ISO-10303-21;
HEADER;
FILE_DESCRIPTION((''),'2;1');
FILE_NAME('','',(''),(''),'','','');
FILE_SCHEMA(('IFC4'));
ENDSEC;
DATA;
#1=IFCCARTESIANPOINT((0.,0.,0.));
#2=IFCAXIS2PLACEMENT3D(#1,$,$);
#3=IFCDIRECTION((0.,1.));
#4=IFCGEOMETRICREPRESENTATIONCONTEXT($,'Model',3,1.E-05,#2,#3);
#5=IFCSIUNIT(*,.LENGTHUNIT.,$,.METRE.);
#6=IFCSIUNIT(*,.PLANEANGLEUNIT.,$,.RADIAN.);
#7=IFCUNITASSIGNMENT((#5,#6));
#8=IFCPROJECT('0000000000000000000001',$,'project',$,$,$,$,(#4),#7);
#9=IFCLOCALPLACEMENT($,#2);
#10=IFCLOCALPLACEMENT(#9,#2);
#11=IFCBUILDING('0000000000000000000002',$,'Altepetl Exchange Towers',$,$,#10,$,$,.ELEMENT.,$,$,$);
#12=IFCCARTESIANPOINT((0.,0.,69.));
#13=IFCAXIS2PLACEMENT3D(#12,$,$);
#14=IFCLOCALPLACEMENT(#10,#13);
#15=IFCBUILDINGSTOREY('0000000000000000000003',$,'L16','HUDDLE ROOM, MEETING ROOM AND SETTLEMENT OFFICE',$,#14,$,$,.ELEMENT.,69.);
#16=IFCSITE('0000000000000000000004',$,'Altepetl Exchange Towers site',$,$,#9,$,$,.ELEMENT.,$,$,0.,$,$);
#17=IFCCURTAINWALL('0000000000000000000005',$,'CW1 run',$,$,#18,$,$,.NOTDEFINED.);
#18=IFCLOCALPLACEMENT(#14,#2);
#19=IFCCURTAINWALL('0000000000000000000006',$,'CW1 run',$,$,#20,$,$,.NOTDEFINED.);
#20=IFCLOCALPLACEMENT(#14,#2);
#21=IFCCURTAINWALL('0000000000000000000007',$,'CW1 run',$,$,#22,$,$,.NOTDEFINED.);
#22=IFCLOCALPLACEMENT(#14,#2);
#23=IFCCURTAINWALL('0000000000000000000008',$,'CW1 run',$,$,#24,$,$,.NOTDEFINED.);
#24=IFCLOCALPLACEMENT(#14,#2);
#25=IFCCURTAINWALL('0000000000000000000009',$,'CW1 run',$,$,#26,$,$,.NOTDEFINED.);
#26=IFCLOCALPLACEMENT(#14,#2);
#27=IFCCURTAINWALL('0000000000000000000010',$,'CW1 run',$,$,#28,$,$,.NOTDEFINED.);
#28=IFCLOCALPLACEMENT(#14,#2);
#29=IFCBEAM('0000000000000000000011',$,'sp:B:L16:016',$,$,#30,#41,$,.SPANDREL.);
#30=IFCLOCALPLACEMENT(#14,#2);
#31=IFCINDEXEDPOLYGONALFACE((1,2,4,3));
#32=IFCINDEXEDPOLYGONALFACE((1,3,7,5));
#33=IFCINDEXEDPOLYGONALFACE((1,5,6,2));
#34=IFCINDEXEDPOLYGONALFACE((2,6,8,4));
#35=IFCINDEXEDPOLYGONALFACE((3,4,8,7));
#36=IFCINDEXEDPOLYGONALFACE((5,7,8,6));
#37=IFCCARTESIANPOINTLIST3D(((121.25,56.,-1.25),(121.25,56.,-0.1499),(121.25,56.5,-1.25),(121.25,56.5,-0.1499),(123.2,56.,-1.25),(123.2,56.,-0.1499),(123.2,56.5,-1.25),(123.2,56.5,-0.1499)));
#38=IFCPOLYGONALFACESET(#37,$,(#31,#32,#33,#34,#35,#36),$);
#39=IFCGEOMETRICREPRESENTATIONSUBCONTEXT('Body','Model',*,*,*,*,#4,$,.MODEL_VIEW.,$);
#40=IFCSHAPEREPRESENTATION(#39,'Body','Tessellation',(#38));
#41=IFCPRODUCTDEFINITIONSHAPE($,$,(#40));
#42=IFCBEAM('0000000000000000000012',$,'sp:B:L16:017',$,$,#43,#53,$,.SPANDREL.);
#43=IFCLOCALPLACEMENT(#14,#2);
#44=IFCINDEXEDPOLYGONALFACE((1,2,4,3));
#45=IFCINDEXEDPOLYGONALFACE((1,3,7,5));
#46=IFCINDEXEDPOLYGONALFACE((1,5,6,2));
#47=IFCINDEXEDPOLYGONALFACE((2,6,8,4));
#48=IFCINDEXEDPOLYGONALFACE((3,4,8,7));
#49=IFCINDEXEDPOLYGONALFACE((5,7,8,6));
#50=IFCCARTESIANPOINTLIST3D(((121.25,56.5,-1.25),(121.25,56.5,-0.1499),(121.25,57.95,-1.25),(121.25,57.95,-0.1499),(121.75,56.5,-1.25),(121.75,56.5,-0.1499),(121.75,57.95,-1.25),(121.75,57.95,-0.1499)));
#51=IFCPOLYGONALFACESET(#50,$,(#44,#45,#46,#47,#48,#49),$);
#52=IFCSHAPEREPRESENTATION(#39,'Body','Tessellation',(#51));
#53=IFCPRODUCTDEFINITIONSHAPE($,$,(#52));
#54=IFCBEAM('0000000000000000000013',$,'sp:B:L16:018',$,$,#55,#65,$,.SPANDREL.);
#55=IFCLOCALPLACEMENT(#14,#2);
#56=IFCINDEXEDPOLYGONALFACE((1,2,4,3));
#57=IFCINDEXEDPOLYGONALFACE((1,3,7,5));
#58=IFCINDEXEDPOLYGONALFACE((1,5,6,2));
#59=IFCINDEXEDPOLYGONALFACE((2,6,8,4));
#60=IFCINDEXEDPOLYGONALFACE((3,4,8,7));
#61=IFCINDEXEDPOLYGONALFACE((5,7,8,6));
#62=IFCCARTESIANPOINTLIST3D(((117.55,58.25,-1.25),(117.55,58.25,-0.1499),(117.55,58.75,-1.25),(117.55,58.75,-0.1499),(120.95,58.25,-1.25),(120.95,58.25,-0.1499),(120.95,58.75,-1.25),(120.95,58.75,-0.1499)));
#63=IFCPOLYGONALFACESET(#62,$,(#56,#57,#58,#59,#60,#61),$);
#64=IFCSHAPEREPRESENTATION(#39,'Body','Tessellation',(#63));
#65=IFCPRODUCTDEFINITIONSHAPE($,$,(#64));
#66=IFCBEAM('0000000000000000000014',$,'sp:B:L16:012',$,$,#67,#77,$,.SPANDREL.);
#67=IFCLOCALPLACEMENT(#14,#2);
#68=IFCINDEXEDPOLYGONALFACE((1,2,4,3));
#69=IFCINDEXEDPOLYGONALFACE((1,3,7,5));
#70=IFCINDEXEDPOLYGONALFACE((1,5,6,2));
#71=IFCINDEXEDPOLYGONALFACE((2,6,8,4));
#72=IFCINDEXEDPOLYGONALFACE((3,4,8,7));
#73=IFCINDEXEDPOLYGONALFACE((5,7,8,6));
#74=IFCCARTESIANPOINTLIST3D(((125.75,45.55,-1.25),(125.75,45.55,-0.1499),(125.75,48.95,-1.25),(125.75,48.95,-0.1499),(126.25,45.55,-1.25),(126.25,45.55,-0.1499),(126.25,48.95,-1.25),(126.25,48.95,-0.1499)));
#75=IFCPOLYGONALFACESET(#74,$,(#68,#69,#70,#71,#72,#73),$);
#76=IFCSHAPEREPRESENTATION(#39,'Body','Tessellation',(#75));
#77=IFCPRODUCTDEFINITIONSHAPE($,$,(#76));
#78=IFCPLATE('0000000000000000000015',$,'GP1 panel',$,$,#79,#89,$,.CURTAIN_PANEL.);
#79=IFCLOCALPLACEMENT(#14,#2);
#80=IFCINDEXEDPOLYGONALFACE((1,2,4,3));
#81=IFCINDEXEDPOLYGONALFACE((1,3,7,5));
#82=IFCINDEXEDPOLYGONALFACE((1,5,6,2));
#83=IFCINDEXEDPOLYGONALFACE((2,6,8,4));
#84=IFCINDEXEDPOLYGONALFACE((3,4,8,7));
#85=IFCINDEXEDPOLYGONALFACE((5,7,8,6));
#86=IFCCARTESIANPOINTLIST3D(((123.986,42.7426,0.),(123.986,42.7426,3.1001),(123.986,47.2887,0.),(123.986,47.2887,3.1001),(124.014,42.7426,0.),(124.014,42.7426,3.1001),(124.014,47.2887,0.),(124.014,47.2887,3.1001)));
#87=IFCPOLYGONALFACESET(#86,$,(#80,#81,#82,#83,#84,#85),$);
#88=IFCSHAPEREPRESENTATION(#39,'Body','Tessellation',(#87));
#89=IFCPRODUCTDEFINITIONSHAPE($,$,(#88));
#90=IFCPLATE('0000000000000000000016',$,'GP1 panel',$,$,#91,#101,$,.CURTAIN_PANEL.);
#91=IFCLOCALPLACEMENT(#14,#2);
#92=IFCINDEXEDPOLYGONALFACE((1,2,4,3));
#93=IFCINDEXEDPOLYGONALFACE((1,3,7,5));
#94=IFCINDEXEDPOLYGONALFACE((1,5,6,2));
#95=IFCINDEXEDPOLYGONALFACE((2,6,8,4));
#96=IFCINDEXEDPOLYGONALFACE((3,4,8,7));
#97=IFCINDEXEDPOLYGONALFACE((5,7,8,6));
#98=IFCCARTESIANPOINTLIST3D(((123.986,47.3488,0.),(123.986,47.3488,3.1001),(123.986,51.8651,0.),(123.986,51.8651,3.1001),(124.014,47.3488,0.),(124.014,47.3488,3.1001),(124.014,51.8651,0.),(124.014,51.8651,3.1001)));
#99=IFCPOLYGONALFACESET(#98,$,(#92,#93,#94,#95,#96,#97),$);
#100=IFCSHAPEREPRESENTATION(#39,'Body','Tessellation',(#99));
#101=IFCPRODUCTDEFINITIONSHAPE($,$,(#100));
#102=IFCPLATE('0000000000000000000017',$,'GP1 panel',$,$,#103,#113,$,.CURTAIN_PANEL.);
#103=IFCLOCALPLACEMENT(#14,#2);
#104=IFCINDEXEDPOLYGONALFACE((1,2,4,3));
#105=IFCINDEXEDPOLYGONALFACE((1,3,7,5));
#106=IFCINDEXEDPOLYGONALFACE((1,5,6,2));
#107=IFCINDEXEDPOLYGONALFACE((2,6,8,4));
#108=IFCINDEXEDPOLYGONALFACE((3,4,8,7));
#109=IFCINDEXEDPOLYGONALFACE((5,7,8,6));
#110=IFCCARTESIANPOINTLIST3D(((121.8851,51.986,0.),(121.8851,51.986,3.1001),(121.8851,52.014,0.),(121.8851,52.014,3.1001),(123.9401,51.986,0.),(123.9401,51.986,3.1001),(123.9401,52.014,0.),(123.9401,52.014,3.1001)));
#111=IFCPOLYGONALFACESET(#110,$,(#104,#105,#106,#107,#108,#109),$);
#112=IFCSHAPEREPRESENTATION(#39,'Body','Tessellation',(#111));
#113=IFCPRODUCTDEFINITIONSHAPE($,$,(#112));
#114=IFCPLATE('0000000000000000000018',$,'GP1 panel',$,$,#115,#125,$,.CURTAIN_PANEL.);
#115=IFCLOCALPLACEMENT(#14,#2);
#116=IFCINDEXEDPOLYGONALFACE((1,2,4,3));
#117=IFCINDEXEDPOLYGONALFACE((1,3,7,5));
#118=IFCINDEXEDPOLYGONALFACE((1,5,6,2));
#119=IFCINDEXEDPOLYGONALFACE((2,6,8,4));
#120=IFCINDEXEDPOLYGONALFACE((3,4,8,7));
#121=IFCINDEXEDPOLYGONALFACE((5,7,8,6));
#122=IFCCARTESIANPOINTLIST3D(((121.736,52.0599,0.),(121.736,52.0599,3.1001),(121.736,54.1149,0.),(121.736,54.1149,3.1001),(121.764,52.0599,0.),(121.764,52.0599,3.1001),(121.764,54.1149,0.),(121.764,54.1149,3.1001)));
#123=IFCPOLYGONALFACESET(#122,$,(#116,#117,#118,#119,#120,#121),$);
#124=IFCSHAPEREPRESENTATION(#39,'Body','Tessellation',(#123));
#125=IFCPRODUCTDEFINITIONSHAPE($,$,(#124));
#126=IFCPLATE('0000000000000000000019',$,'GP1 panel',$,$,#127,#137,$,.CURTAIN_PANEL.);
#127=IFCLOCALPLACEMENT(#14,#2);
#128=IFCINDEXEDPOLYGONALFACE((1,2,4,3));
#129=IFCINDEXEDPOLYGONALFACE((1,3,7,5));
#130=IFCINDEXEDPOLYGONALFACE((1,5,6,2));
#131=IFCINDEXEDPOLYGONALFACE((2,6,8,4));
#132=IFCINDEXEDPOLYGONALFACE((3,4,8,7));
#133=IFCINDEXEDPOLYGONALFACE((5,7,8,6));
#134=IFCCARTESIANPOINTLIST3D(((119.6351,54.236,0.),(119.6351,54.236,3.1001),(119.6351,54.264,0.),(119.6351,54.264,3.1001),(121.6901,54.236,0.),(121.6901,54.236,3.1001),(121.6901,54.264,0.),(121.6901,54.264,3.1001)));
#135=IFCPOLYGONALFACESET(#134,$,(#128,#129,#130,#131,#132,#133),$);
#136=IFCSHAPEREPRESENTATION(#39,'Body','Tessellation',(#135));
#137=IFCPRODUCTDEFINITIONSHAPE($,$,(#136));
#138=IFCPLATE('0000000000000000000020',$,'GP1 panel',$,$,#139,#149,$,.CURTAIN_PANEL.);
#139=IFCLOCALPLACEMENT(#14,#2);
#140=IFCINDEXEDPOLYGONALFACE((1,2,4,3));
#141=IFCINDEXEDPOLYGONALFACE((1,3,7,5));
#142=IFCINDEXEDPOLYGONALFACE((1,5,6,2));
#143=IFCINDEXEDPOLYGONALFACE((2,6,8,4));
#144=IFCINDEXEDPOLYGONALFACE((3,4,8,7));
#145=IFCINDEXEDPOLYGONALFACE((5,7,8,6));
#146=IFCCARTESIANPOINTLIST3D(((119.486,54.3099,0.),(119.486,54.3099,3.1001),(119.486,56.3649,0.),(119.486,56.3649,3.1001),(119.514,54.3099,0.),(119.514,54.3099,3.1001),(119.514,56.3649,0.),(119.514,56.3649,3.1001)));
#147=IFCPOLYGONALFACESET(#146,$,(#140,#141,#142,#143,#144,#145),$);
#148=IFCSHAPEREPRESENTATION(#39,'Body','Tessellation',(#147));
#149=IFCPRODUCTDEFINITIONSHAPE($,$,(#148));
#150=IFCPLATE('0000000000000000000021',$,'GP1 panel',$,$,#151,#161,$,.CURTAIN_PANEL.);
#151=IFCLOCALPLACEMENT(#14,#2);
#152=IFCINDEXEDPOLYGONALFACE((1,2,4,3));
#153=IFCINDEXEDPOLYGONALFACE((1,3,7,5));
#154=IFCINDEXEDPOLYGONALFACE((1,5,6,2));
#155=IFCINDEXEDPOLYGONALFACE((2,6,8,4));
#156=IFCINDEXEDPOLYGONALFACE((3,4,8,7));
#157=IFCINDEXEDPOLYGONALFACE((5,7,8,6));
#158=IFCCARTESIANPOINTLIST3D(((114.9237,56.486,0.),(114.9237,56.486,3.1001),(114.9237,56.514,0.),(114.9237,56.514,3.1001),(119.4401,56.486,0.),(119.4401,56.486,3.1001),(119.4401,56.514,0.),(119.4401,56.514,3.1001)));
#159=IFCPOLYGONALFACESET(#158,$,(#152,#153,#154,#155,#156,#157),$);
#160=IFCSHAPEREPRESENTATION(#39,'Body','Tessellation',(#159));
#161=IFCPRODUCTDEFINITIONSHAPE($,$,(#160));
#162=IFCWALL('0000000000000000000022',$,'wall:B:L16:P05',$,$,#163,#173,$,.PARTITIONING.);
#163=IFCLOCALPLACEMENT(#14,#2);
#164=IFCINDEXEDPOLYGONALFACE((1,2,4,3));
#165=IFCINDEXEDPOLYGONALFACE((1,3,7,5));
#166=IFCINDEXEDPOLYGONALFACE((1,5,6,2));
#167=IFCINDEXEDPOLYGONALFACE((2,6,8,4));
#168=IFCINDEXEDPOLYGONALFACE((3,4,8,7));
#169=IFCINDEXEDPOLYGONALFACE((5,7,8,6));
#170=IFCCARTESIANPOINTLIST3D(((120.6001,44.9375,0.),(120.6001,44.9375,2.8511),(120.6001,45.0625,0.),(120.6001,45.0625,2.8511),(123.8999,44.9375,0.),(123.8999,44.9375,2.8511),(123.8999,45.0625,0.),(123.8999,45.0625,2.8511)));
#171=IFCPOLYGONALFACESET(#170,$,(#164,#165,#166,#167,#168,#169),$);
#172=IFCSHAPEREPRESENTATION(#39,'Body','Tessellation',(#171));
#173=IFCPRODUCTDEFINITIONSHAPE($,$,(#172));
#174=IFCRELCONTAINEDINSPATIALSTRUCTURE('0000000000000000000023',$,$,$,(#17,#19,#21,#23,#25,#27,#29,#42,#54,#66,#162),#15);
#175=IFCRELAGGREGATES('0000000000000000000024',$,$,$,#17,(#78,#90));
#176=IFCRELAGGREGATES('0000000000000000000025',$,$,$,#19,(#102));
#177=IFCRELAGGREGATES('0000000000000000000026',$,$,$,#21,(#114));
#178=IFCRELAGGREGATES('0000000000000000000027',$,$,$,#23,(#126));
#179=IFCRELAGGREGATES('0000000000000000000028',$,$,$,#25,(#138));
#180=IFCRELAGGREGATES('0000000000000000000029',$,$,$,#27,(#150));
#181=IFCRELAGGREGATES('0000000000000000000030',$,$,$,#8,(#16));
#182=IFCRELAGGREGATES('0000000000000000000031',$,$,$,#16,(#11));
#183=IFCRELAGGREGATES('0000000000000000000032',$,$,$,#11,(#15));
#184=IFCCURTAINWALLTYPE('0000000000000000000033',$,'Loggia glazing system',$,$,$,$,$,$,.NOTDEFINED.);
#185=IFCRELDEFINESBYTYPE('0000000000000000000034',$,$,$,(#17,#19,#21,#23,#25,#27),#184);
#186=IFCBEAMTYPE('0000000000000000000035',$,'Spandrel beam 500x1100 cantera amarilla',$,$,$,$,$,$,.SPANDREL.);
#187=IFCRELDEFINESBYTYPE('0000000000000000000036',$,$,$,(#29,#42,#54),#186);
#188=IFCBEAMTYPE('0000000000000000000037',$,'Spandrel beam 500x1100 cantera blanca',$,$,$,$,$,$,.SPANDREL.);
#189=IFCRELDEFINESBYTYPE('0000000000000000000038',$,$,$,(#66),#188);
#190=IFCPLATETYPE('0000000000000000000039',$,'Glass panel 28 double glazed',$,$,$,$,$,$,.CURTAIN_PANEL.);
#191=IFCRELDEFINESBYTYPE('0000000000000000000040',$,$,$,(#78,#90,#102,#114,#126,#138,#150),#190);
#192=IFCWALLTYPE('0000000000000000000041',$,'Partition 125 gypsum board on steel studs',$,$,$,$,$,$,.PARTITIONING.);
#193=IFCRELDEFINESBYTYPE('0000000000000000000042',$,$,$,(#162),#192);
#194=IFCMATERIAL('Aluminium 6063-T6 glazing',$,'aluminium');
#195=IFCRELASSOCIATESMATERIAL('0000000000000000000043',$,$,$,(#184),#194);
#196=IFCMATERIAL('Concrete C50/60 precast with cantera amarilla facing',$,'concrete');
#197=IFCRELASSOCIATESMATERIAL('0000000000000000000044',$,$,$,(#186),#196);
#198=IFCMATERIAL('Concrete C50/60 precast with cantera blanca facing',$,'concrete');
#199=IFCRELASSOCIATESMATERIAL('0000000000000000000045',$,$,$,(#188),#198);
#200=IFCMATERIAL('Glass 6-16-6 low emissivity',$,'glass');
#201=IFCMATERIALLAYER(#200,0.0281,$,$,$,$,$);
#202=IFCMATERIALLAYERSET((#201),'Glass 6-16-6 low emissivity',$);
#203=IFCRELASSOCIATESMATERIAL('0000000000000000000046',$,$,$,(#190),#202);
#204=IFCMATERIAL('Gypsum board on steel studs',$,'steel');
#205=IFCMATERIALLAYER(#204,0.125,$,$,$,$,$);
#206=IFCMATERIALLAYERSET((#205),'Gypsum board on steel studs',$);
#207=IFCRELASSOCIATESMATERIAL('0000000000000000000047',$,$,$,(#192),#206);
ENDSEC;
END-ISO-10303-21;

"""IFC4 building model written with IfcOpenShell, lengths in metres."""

from ifc_helpers import new_model, si_unit, direction, frame, frame_2d, origin, origin_2d, place, context, subcontext, project, spatial, rectangle, extrude, material, layer, layer_set, material_profile, profile_set, type_object, element, aggregate, save


model = new_model("IFC4")

# Units and contexts
model_context = context("Model", 3, precision=1e-05, world=origin(), true_north=direction((0.0, 1.0)))
body_context = subcontext(model_context, "Body", "Model", "MODEL_VIEW")
ifc_project = project(units=[si_unit("LENGTHUNIT", "METRE"), si_unit("PLANEANGLEUNIT", "RADIAN")], contexts=[model_context])

# Site, building, storey
site_placement = place(None, origin())
site = spatial("IfcSite", under=ifc_project, at=site_placement, Name="Altepetl Exchange Towers site", CompositionType="ELEMENT", RefElevation=0.0)
building_placement = place(site_placement, origin())
building = spatial("IfcBuilding", under=site, at=building_placement, Name="Altepetl Exchange Towers", CompositionType="ELEMENT")
storey_placement = place(building_placement, frame((0.0, 0.0, 69.0)))
storey = spatial("IfcBuildingStorey", under=building, at=storey_placement, Name="L16", Description="HUDDLE ROOM, MEETING ROOM AND SETTLEMENT OFFICE", CompositionType="ELEMENT", Elevation=69.0)

# Curtain walls
ifc_material_1 = material(Name="Aluminium 6063-T6 glazing", Category="aluminium")
curtain_wall_type = type_object("IfcCurtainWallType", Name="Loggia glazing system", PredefinedType="NOTDEFINED", material=ifc_material_1)
curtain_wall_1_placement = place(storey_placement, origin())
curtain_wall_1 = element("IfcCurtainWall", 1, at=curtain_wall_1_placement, inside=storey, type_object=curtain_wall_type, Name="CW1 run", PredefinedType="NOTDEFINED")
curtain_wall_2_placement = place(storey_placement, origin())
curtain_wall_2 = element("IfcCurtainWall", 2, at=curtain_wall_2_placement, inside=storey, type_object=curtain_wall_type, Name="CW1 run", PredefinedType="NOTDEFINED")
curtain_wall_3_placement = place(storey_placement, origin())
curtain_wall_3 = element("IfcCurtainWall", 3, at=curtain_wall_3_placement, inside=storey, type_object=curtain_wall_type, Name="CW1 run", PredefinedType="NOTDEFINED")
curtain_wall_4_placement = place(storey_placement, origin())
curtain_wall_4 = element("IfcCurtainWall", 4, at=curtain_wall_4_placement, inside=storey, type_object=curtain_wall_type, Name="CW1 run", PredefinedType="NOTDEFINED")
curtain_wall_5_placement = place(storey_placement, origin())
curtain_wall_5 = element("IfcCurtainWall", 5, at=curtain_wall_5_placement, inside=storey, type_object=curtain_wall_type, Name="CW1 run", PredefinedType="NOTDEFINED")

# Curtain wall
curtain_wall_6_placement = place(storey_placement, origin())
curtain_wall_6 = element("IfcCurtainWall", 6, at=curtain_wall_6_placement, inside=storey, type_object=curtain_wall_type, Name="CW1 run", PredefinedType="NOTDEFINED")

# Beams
ifc_material_2 = material(Name="Concrete C50/60 precast with cantera amarilla facing", Category="concrete")
ifc_material_profile_1 = material_profile(ifc_material_2, rectangle(XDim=0.5, YDim=1.1001, at=origin_2d()), Name="500 x 1100")
ifc_profile_set_1 = profile_set([ifc_material_profile_1], Name="Concrete C50/60 precast with cantera amarilla facing")
beam_type_1 = type_object("IfcBeamType", Name="Spandrel beam 500x1100 cantera amarilla", PredefinedType="SPANDREL", material=ifc_profile_set_1)
beam_1_placement = place(storey_placement, frame((123.2, 56.25, -0.7), z_axis=(-1.0, 0.0, 0.0), x_axis=(0.0, -1.0, 0.0)))
element("IfcBeam", 7, at=beam_1_placement, inside=storey, type_object=beam_type_1, Name="sp:B:L16:016", PredefinedType="SPANDREL", context=body_context, shape_type="SweptSolid", body=[
    extrude(rectangle(XDim=0.5, YDim=1.1001, at=origin_2d()), origin(), (0.0, 0.0, 1.0), 1.95),
])
beam_2_placement = place(storey_placement, frame((121.5, 56.5, -0.7), z_axis=(0.0, 1.0, 0.0), x_axis=(-1.0, 0.0, 0.0)))
element("IfcBeam", 8, at=beam_2_placement, inside=storey, type_object=beam_type_1, Name="sp:B:L16:017", PredefinedType="SPANDREL", context=body_context, shape_type="SweptSolid", body=[
    extrude(rectangle(XDim=0.5, YDim=1.1001, at=origin_2d()), origin(), (0.0, 0.0, 1.0), 1.45),
])
beam_3_placement = place(storey_placement, frame((120.95, 58.5, -0.7), z_axis=(-1.0, 0.0, 0.0), x_axis=(0.0, -1.0, 0.0)))
element("IfcBeam", 9, at=beam_3_placement, inside=storey, type_object=beam_type_1, Name="sp:B:L16:018", PredefinedType="SPANDREL", context=body_context, shape_type="SweptSolid", body=[
    extrude(rectangle(XDim=0.5, YDim=1.1001, at=origin_2d()), origin(), (0.0, 0.0, 1.0), 3.3999),
])
ifc_material_3 = material(Name="Concrete C50/60 precast with cantera blanca facing", Category="concrete")
ifc_material_profile_2 = material_profile(ifc_material_3, rectangle(XDim=0.5, YDim=1.1001, at=origin_2d()), Name="500 x 1100")
ifc_profile_set_2 = profile_set([ifc_material_profile_2], Name="Concrete C50/60 precast with cantera blanca facing")
beam_type_2 = type_object("IfcBeamType", Name="Spandrel beam 500x1100 cantera blanca", PredefinedType="SPANDREL", material=ifc_profile_set_2)
beam_4_placement = place(storey_placement, frame((126.0, 45.55, -0.7), z_axis=(0.0, 1.0, 0.0), x_axis=(-1.0, 0.0, 0.0)))
element("IfcBeam", 10, at=beam_4_placement, inside=storey, type_object=beam_type_2, Name="sp:B:L16:012", PredefinedType="SPANDREL", context=body_context, shape_type="SweptSolid", body=[
    extrude(rectangle(XDim=0.5, YDim=1.1001, at=origin_2d()), origin(), (0.0, 0.0, 1.0), 3.3999),
])

# Plates
ifc_material_4 = material(Name="Glass 6-16-6 low emissivity", Category="glass")
ifc_layer_1 = layer(ifc_material_4, 0.0281)
ifc_layer_set_1 = layer_set([ifc_layer_1], Name="Glass 6-16-6 low emissivity")
plate_type = type_object("IfcPlateType", Name="Glass panel 28 double glazed", PredefinedType="CURTAIN_PANEL", material=ifc_layer_set_1)
plate_1_placement = place(storey_placement, frame((124.0, 45.0156, 0.0), z_axis=(0.0, 0.0, 1.0), x_axis=(0.0, 1.0, 0.0)))
plate_1 = element("IfcPlate", 11, at=plate_1_placement, type_object=plate_type, Name="GP1 panel", PredefinedType="CURTAIN_PANEL", context=body_context, shape_type="SweptSolid", body=[
    extrude(rectangle(XDim=4.5461, YDim=0.0281, at=origin_2d()), origin(), (0.0, 0.0, 1.0), 3.1001),
])
plate_2_placement = place(storey_placement, frame((124.0, 49.6069, 0.0), z_axis=(0.0, 0.0, 1.0), x_axis=(0.0, 1.0, 0.0)))
plate_2 = element("IfcPlate", 12, at=plate_2_placement, type_object=plate_type, Name="GP1 panel", PredefinedType="CURTAIN_PANEL", context=body_context, shape_type="SweptSolid", body=[
    extrude(rectangle(XDim=4.5164, YDim=0.0281, at=origin_2d()), origin(), (0.0, 0.0, 1.0), 3.1001),
])
aggregate(curtain_wall_1, [plate_1, plate_2])
plate_3_placement = place(storey_placement, frame((122.9126, 52.0, 0.0), z_axis=(0.0, 0.0, 1.0), x_axis=(-1.0, 0.0, 0.0)))
plate_3 = element("IfcPlate", 13, at=plate_3_placement, type_object=plate_type, Name="GP1 panel", PredefinedType="CURTAIN_PANEL", context=body_context, shape_type="SweptSolid", body=[
    extrude(rectangle(XDim=2.0549, YDim=0.0281, at=origin_2d()), origin(), (0.0, 0.0, 1.0), 3.1001),
])
aggregate(curtain_wall_2, [plate_3])
plate_4_placement = place(storey_placement, frame((121.75, 53.0874, 0.0), z_axis=(0.0, 0.0, 1.0), x_axis=(0.0, 1.0, 0.0)))
plate_4 = element("IfcPlate", 14, at=plate_4_placement, type_object=plate_type, Name="GP1 panel", PredefinedType="CURTAIN_PANEL", context=body_context, shape_type="SweptSolid", body=[
    extrude(rectangle(XDim=2.0549, YDim=0.0281, at=origin_2d()), origin(), (0.0, 0.0, 1.0), 3.1001),
])
aggregate(curtain_wall_3, [plate_4])
plate_5_placement = place(storey_placement, frame((120.6626, 54.25, 0.0), z_axis=(0.0, 0.0, 1.0), x_axis=(-1.0, 0.0, 0.0)))
plate_5 = element("IfcPlate", 15, at=plate_5_placement, type_object=plate_type, Name="GP1 panel", PredefinedType="CURTAIN_PANEL", context=body_context, shape_type="SweptSolid", body=[
    extrude(rectangle(XDim=2.0549, YDim=0.0281, at=origin_2d()), origin(), (0.0, 0.0, 1.0), 3.1001),
])
aggregate(curtain_wall_4, [plate_5])
plate_6_placement = place(storey_placement, frame((119.5, 55.3374, 0.0), z_axis=(0.0, 0.0, 1.0), x_axis=(0.0, 1.0, 0.0)))
plate_6 = element("IfcPlate", 16, at=plate_6_placement, type_object=plate_type, Name="GP1 panel", PredefinedType="CURTAIN_PANEL", context=body_context, shape_type="SweptSolid", body=[
    extrude(rectangle(XDim=2.0549, YDim=0.0281, at=origin_2d()), origin(), (0.0, 0.0, 1.0), 3.1001),
])
aggregate(curtain_wall_5, [plate_6])
plate_7_placement = place(storey_placement, frame((117.1819, 56.5, 0.0), z_axis=(0.0, 0.0, 1.0), x_axis=(-1.0, 0.0, 0.0)))
plate_7 = element("IfcPlate", 17, at=plate_7_placement, type_object=plate_type, Name="GP1 panel", PredefinedType="CURTAIN_PANEL", context=body_context, shape_type="SweptSolid", body=[
    extrude(rectangle(XDim=4.5164, YDim=0.0281, at=origin_2d()), origin(), (0.0, 0.0, 1.0), 3.1001),
])
aggregate(curtain_wall_6, [plate_7])

# Wall
ifc_material_5 = material(Name="Gypsum board on steel studs", Category="steel")
ifc_layer_2 = layer(ifc_material_5, 0.125)
ifc_layer_set_2 = layer_set([ifc_layer_2], Name="Gypsum board on steel studs")
wall_type = type_object("IfcWallType", Name="Partition 125 gypsum board on steel studs", PredefinedType="PARTITIONING", material=ifc_layer_set_2)
wall_placement = place(storey_placement, frame((120.6001, 45.0, 0.0)))
element("IfcWall", 18, at=wall_placement, inside=storey, type_object=wall_type, Name="wall:B:L16:P05", PredefinedType="PARTITIONING", context=body_context, shape_type="SweptSolid", body=[
    extrude(rectangle(XDim=3.2998, YDim=0.125, at=frame_2d((1.6499, 0.0))), origin(), (0.0, 0.0, 1.0), 2.8511),
])

save(model, "model.ifc")
